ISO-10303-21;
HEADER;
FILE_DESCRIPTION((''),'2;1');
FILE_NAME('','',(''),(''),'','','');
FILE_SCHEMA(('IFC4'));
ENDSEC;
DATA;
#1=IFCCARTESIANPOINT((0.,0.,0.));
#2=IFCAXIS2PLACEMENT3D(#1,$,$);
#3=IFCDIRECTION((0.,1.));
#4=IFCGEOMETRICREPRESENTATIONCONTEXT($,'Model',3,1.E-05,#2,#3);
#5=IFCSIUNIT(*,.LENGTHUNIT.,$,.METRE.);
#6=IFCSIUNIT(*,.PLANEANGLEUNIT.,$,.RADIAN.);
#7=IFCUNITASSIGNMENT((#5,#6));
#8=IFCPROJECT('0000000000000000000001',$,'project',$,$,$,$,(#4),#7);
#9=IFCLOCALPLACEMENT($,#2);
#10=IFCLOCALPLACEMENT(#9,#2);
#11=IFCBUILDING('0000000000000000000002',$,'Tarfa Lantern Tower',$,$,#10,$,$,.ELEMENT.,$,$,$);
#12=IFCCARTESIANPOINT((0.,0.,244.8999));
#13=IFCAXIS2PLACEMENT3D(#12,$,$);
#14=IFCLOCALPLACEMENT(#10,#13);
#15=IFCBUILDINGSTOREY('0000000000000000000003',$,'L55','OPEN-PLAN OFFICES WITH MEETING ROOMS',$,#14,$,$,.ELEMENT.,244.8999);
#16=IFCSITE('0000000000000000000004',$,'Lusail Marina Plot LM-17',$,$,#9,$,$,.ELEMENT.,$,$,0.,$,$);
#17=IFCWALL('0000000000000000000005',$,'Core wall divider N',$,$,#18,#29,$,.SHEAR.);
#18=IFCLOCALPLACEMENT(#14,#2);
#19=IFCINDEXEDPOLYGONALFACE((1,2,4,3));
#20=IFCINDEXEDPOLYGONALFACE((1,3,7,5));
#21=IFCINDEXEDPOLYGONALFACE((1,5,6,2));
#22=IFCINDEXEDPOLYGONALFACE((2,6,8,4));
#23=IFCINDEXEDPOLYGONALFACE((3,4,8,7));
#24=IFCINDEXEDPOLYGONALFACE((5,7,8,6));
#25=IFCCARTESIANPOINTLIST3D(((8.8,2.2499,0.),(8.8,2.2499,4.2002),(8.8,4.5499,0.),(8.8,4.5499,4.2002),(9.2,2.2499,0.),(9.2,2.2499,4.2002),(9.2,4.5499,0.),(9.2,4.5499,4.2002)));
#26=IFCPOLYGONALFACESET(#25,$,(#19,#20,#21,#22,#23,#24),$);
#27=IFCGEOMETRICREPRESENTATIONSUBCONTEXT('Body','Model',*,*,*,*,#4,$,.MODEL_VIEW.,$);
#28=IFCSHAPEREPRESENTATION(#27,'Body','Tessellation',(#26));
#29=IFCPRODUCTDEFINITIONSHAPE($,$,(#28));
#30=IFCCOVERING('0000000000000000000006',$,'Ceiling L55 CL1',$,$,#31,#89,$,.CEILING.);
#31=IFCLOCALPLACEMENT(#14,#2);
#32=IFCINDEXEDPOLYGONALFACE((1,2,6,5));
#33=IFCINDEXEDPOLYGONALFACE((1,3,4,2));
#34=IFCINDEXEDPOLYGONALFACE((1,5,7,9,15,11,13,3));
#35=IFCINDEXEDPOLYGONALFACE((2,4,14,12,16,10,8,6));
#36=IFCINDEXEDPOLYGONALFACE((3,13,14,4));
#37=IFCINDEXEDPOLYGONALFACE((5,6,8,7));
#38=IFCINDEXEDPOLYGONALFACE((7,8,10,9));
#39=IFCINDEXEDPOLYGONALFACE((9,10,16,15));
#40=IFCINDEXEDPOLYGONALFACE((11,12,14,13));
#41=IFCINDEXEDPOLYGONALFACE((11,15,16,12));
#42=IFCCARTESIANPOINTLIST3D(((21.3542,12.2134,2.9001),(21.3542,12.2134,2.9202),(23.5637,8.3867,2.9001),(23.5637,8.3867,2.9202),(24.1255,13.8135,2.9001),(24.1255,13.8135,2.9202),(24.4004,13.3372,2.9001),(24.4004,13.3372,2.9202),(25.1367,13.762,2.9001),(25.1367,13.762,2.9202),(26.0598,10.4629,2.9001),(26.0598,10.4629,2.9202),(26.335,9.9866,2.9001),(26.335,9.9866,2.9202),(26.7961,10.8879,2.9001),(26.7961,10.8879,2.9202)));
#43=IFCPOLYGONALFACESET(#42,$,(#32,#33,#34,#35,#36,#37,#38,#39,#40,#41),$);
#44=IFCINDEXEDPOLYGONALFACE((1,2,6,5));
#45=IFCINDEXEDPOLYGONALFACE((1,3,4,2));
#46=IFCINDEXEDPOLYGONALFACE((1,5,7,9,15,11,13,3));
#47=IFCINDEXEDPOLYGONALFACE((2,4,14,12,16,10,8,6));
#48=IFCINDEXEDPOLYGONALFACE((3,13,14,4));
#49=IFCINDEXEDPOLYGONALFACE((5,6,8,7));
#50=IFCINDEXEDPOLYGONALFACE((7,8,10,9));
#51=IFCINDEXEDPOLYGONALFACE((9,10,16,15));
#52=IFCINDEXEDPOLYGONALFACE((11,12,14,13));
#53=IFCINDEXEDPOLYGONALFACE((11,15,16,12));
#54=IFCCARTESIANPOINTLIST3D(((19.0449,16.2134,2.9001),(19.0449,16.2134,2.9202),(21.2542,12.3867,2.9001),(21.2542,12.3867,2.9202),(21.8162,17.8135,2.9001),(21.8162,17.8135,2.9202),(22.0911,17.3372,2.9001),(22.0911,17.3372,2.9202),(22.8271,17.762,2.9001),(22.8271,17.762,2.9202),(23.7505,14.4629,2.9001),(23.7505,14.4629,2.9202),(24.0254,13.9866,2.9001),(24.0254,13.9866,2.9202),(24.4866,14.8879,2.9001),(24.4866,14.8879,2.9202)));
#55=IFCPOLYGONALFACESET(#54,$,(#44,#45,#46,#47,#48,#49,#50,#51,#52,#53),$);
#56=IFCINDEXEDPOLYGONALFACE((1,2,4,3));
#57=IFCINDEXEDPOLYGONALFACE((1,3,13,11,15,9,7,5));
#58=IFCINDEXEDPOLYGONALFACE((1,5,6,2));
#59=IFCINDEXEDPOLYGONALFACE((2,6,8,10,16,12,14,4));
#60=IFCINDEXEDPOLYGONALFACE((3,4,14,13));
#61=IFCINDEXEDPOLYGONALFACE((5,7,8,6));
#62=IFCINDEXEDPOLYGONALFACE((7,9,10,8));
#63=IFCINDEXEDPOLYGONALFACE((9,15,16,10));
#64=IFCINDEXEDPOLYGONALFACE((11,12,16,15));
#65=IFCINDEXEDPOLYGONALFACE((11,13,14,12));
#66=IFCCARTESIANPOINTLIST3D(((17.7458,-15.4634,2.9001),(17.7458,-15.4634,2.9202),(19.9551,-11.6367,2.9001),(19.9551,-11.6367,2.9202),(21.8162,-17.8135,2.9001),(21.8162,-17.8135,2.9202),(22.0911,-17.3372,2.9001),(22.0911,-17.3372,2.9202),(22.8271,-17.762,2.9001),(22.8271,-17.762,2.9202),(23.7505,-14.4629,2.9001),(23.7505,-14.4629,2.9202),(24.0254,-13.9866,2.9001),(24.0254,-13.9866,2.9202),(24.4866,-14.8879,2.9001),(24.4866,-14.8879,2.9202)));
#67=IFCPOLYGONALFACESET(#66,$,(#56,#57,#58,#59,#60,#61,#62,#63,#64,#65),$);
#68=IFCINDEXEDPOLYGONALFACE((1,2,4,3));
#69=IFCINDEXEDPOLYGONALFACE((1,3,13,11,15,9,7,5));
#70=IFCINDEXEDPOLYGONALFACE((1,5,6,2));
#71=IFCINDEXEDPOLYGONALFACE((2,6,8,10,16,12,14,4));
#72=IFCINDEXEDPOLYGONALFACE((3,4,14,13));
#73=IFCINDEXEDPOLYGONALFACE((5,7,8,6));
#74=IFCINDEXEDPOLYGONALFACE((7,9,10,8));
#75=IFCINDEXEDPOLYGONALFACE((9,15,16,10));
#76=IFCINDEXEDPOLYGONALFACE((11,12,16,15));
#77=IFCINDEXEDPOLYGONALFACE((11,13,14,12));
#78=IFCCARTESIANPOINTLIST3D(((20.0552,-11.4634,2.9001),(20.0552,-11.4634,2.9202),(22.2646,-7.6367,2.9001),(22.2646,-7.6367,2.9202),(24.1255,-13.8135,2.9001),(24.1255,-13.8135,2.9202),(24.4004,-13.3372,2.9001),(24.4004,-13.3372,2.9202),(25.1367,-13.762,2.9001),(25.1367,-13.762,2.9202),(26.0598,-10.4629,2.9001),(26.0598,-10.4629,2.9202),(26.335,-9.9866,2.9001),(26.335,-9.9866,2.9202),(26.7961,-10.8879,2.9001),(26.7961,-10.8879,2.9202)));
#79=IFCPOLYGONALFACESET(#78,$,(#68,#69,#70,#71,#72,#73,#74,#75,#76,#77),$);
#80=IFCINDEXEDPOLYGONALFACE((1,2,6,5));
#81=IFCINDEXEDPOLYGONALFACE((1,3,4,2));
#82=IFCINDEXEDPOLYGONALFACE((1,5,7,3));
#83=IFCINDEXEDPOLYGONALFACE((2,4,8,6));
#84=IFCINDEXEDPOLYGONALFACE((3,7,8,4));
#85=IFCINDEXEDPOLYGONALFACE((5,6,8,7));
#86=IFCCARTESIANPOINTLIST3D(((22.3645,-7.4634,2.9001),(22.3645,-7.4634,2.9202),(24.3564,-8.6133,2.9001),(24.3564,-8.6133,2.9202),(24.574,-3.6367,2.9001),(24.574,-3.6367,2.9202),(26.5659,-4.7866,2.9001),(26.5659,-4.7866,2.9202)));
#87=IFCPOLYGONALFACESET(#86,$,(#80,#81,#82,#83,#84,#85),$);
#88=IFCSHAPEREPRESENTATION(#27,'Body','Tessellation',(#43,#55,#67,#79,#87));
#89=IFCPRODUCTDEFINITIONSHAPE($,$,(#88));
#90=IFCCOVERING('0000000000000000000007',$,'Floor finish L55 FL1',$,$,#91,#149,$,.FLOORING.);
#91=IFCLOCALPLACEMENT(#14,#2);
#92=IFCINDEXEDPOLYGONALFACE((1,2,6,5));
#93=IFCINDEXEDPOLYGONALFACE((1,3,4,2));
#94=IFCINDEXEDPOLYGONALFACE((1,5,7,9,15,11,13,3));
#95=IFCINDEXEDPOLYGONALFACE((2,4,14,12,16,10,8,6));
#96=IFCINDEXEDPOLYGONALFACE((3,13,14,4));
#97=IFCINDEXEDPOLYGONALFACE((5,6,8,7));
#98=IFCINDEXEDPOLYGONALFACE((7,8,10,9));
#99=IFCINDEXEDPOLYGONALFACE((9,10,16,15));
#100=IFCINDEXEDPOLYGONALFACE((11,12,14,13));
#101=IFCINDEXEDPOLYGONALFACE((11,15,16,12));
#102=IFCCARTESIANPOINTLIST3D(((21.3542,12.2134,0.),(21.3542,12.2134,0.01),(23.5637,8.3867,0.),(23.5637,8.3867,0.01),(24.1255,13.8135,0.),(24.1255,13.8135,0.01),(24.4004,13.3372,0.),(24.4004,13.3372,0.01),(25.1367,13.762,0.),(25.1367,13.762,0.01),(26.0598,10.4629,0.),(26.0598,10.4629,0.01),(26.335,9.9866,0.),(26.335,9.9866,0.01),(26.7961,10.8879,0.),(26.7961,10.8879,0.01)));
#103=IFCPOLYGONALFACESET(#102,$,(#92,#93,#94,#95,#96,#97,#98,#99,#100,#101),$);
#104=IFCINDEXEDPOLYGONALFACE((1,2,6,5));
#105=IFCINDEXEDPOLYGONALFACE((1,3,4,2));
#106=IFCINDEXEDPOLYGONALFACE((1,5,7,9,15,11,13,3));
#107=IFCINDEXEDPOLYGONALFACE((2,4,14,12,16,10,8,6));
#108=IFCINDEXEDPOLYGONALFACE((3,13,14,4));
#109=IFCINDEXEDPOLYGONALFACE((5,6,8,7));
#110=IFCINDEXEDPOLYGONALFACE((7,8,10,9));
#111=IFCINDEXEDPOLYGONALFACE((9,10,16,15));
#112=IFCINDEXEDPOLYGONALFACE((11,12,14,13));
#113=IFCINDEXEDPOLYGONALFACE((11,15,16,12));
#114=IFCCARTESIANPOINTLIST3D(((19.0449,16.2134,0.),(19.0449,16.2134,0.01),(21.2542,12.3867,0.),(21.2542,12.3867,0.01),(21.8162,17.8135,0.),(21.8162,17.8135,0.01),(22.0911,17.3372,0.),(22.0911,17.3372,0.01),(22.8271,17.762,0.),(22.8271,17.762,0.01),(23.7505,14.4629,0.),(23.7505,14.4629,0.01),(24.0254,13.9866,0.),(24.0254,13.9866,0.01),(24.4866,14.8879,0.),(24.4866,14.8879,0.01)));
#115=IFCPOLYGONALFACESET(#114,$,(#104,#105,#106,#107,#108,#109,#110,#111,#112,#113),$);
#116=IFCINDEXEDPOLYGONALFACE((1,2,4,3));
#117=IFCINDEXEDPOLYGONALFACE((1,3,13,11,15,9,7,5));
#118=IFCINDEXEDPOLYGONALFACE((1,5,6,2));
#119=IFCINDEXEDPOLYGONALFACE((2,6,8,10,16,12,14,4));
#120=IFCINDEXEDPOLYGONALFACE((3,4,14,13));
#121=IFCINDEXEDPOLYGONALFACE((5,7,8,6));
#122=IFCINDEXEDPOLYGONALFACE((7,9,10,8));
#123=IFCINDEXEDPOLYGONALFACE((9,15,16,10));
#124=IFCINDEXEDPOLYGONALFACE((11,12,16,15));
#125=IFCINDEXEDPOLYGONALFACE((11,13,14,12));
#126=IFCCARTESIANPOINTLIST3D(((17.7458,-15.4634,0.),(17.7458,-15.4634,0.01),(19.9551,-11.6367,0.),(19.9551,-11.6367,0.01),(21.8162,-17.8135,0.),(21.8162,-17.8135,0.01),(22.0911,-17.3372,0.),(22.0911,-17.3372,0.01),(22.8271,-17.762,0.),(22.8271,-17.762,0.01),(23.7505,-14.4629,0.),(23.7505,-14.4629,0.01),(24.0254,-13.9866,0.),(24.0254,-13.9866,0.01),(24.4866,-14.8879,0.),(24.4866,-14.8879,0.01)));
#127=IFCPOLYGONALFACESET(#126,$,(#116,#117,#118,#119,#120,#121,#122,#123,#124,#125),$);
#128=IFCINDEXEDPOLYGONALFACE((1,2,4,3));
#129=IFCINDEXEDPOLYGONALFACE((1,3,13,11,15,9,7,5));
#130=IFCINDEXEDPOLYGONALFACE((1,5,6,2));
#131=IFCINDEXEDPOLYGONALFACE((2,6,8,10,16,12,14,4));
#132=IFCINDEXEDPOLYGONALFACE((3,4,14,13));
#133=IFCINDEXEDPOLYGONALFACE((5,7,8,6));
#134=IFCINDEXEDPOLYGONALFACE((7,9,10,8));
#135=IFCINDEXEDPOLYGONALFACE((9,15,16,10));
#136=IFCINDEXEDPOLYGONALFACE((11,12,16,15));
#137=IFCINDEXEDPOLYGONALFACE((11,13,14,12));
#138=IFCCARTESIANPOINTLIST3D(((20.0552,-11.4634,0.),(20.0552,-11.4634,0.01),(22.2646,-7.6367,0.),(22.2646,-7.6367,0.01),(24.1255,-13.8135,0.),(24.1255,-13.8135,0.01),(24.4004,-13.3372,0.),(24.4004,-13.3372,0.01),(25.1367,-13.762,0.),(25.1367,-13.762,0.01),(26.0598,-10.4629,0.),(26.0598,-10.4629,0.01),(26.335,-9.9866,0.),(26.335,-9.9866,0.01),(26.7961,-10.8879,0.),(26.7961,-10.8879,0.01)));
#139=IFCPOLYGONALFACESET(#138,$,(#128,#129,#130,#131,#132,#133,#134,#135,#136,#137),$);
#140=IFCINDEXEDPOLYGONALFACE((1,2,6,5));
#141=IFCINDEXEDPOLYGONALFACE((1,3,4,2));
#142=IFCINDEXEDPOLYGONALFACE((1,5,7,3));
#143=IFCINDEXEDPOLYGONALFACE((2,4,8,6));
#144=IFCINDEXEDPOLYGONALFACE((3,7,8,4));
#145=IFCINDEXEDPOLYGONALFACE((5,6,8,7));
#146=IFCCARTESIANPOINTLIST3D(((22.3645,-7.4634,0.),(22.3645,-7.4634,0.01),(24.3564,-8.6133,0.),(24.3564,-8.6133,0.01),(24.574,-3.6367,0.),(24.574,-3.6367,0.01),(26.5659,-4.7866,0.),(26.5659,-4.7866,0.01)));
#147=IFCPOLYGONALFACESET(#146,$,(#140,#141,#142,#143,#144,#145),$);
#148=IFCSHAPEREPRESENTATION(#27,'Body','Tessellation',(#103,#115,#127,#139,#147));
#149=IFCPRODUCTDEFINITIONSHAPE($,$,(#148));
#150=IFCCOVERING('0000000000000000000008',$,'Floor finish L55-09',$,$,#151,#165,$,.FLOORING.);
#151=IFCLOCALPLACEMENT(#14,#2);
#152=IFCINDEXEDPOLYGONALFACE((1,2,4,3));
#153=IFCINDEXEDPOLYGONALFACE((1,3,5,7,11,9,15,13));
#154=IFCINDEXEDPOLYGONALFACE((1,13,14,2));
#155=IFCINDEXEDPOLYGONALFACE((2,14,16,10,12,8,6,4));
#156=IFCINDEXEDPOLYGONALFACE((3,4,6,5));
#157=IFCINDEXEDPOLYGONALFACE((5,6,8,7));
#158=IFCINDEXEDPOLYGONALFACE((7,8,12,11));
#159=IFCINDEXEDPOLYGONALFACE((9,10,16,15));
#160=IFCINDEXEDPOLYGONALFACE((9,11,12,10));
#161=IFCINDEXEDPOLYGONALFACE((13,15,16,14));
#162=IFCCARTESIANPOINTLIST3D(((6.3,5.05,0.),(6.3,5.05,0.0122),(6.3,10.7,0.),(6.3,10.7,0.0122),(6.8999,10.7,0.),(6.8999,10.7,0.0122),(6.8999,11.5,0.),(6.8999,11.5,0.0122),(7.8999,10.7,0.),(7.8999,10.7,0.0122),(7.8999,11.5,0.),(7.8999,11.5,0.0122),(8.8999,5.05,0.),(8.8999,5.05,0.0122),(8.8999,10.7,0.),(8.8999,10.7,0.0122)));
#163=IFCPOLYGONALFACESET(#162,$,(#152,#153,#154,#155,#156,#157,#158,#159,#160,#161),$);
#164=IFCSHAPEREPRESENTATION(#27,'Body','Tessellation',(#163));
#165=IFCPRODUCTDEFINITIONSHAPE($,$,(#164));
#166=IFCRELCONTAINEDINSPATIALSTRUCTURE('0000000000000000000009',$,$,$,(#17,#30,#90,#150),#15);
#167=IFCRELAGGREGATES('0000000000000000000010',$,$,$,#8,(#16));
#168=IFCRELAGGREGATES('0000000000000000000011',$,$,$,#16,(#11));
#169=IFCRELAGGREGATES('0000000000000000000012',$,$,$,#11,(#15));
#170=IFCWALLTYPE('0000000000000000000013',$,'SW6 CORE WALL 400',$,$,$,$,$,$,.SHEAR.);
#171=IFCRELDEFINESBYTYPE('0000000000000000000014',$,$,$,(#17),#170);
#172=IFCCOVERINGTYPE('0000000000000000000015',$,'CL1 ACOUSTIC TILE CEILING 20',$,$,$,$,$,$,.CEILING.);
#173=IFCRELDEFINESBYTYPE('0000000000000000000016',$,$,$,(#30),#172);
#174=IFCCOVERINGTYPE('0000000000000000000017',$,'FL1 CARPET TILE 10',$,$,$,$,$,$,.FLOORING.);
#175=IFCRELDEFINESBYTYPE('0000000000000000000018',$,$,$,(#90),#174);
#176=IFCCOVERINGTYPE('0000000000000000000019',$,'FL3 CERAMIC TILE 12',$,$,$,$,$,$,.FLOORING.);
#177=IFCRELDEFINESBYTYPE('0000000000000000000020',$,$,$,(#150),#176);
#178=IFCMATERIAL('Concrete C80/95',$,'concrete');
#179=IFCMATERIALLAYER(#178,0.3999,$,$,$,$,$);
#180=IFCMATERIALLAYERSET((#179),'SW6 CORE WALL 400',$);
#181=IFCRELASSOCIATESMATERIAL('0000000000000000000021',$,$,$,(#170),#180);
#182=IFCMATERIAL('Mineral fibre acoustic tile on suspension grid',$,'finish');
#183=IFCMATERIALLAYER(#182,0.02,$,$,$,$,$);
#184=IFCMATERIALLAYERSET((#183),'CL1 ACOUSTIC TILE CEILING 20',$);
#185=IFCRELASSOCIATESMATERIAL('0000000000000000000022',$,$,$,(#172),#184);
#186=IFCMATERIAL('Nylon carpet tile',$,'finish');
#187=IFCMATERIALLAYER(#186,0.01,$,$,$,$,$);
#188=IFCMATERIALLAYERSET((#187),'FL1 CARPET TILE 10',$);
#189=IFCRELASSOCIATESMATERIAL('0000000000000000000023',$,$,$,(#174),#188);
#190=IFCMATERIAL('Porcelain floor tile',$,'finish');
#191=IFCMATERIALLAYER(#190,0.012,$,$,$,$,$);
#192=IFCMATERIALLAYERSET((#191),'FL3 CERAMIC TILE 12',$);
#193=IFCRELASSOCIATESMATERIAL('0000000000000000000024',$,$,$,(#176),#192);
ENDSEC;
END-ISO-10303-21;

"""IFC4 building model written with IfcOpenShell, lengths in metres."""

from ifc_helpers import new_model, si_unit, direction, frame, frame_2d, origin, place, context, subcontext, project, spatial, polyline, rectangle, outline, extrude, material, layer, layer_set, type_object, element, save


model = new_model("IFC4")

# Units and contexts
model_context = context("Model", 3, precision=1e-05, world=origin(), true_north=direction((0.0, 1.0)))
body_context = subcontext(model_context, "Body", "Model", "MODEL_VIEW")
ifc_project = project(units=[si_unit("LENGTHUNIT", "METRE"), si_unit("PLANEANGLEUNIT", "RADIAN")], contexts=[model_context])

# Site, building, storey
site_placement = place(None, origin())
site = spatial("IfcSite", under=ifc_project, at=site_placement, Name="Lusail Marina Plot LM-17", CompositionType="ELEMENT", RefElevation=0.0)
building_placement = place(site_placement, origin())
building = spatial("IfcBuilding", under=site, at=building_placement, Name="Tarfa Lantern Tower", CompositionType="ELEMENT")
storey_placement = place(building_placement, frame((0.0, 0.0, 244.8999)))
storey = spatial("IfcBuildingStorey", under=building, at=storey_placement, Name="L55", Description="OPEN-PLAN OFFICES WITH MEETING ROOMS", CompositionType="ELEMENT", Elevation=244.8999)

# Shared definitions
ifc_material_1 = material(Name="Concrete C80/95", Category="concrete")

# Wall
ifc_layer_1 = layer(ifc_material_1, 0.3999)
ifc_layer_set_1 = layer_set([ifc_layer_1], Name="SW6 CORE WALL 400")
wall_type_1 = type_object("IfcWallType", Name="SW6 CORE WALL 400", PredefinedType="SHEAR", material=ifc_layer_set_1)
wall_1_placement = place(storey_placement, frame((9.0, 2.25, 0.0), z_axis=(0.0, 0.0, 1.0), x_axis=(0.0, 1.0, 0.0)))
element("IfcWall", 1, at=wall_1_placement, inside=storey, type_object=wall_type_1, Name="Core wall divider N", PredefinedType="SHEAR", context=body_context, shape_type="SweptSolid", body=[
    extrude(rectangle(XDim=2.3, YDim=0.3999, at=frame_2d((1.1499, 0.0))), origin(), (0.0, 0.0, 1.0), 4.2002),
])

# Coverings
ifc_material_2 = material(Name="Mineral fibre acoustic tile on suspension grid", Category="finish")
ifc_layer_2 = layer(ifc_material_2, 0.02)
ifc_layer_set_2 = layer_set([ifc_layer_2], Name="CL1 ACOUSTIC TILE CEILING 20")
covering_type_1 = type_object("IfcCoveringType", Name="CL1 ACOUSTIC TILE CEILING 20", PredefinedType="CEILING", material=ifc_layer_set_2)
covering_1_placement = place(storey_placement, frame((0.0, 0.0, 2.9001)))
element("IfcCovering", 2, at=covering_1_placement, inside=storey, type_object=covering_type_1, Name="Ceiling L55 CL1", PredefinedType="CEILING", context=body_context, shape_type="SweptSolid", body=[
    extrude(outline(polyline([(21.3542, 12.2134), (24.1255, 13.8135), (24.4004, 13.3372), (25.1367, 13.762), (26.7961, 10.8879), (26.0598, 10.4629), (26.335, 9.9866), (23.5637, 8.3867), (21.3542, 12.2134)])), origin(), (0.0, 0.0, 1.0), 0.02),
    extrude(outline(polyline([(19.0449, 16.2134), (21.8162, 17.8135), (22.0911, 17.3372), (22.8271, 17.762), (24.4866, 14.8879), (23.7505, 14.4629), (24.0254, 13.9866), (21.2542, 12.3867), (19.0449, 16.2134)])), origin(), (0.0, 0.0, 1.0), 0.02),
    extrude(outline(polyline([(19.9551, -11.6367), (24.0254, -13.9866), (23.7505, -14.4629), (24.4866, -14.8879), (22.8271, -17.762), (22.0911, -17.3372), (21.8162, -17.8135), (17.7458, -15.4634), (19.9551, -11.6367)])), origin(), (0.0, 0.0, 1.0), 0.02),
    extrude(outline(polyline([(22.2646, -7.6367), (26.335, -9.9866), (26.0598, -10.4629), (26.7961, -10.8879), (25.1367, -13.762), (24.4004, -13.3372), (24.1255, -13.8135), (20.0552, -11.4634), (22.2646, -7.6367)])), origin(), (0.0, 0.0, 1.0), 0.02),
    extrude(outline(polyline([(24.574, -3.6367), (26.5659, -4.7866), (24.3564, -8.6133), (22.3645, -7.4634), (24.574, -3.6367)])), origin(), (0.0, 0.0, 1.0), 0.02),
])
ifc_material_3 = material(Name="Nylon carpet tile", Category="finish")
ifc_layer_3 = layer(ifc_material_3, 0.01)
ifc_layer_set_3 = layer_set([ifc_layer_3], Name="FL1 CARPET TILE 10")
covering_type_2 = type_object("IfcCoveringType", Name="FL1 CARPET TILE 10", PredefinedType="FLOORING", material=ifc_layer_set_3)
covering_2_placement = place(storey_placement, origin())
element("IfcCovering", 3, at=covering_2_placement, inside=storey, type_object=covering_type_2, Name="Floor finish L55 FL1", PredefinedType="FLOORING", context=body_context, shape_type="SweptSolid", body=[
    extrude(outline(polyline([(21.3542, 12.2134), (24.1255, 13.8135), (24.4004, 13.3372), (25.1367, 13.762), (26.7961, 10.8879), (26.0598, 10.4629), (26.335, 9.9866), (23.5637, 8.3867), (21.3542, 12.2134)])), origin(), (0.0, 0.0, 1.0), 0.01),
    extrude(outline(polyline([(19.0449, 16.2134), (21.8162, 17.8135), (22.0911, 17.3372), (22.8271, 17.762), (24.4866, 14.8879), (23.7505, 14.4629), (24.0254, 13.9866), (21.2542, 12.3867), (19.0449, 16.2134)])), origin(), (0.0, 0.0, 1.0), 0.01),
    extrude(outline(polyline([(19.9551, -11.6367), (24.0254, -13.9866), (23.7505, -14.4629), (24.4866, -14.8879), (22.8271, -17.762), (22.0911, -17.3372), (21.8162, -17.8135), (17.7458, -15.4634), (19.9551, -11.6367)])), origin(), (0.0, 0.0, 1.0), 0.01),
    extrude(outline(polyline([(22.2646, -7.6367), (26.335, -9.9866), (26.0598, -10.4629), (26.7961, -10.8879), (25.1367, -13.762), (24.4004, -13.3372), (24.1255, -13.8135), (20.0552, -11.4634), (22.2646, -7.6367)])), origin(), (0.0, 0.0, 1.0), 0.01),
    extrude(outline(polyline([(24.574, -3.6367), (26.5659, -4.7866), (24.3564, -8.6133), (22.3645, -7.4634), (24.574, -3.6367)])), origin(), (0.0, 0.0, 1.0), 0.01),
])
ifc_material_4 = material(Name="Porcelain floor tile", Category="finish")
ifc_layer_4 = layer(ifc_material_4, 0.012)
ifc_layer_set_4 = layer_set([ifc_layer_4], Name="FL3 CERAMIC TILE 12")
covering_type_3 = type_object("IfcCoveringType", Name="FL3 CERAMIC TILE 12", PredefinedType="FLOORING", material=ifc_layer_set_4)
covering_3_placement = place(storey_placement, origin())
element("IfcCovering", 4, at=covering_3_placement, inside=storey, type_object=covering_type_3, Name="Floor finish L55-09", PredefinedType="FLOORING", context=body_context, shape_type="SweptSolid", body=[
    extrude(outline(polyline([(6.3, 5.05), (8.8999, 5.05), (8.8999, 10.7), (7.8999, 10.7), (7.8999, 11.5), (6.8999, 11.5), (6.8999, 10.7), (6.3, 10.7), (6.3, 5.05)])), origin(), (0.0, 0.0, 1.0), 0.0122),
])

save(model, "model.ifc")
